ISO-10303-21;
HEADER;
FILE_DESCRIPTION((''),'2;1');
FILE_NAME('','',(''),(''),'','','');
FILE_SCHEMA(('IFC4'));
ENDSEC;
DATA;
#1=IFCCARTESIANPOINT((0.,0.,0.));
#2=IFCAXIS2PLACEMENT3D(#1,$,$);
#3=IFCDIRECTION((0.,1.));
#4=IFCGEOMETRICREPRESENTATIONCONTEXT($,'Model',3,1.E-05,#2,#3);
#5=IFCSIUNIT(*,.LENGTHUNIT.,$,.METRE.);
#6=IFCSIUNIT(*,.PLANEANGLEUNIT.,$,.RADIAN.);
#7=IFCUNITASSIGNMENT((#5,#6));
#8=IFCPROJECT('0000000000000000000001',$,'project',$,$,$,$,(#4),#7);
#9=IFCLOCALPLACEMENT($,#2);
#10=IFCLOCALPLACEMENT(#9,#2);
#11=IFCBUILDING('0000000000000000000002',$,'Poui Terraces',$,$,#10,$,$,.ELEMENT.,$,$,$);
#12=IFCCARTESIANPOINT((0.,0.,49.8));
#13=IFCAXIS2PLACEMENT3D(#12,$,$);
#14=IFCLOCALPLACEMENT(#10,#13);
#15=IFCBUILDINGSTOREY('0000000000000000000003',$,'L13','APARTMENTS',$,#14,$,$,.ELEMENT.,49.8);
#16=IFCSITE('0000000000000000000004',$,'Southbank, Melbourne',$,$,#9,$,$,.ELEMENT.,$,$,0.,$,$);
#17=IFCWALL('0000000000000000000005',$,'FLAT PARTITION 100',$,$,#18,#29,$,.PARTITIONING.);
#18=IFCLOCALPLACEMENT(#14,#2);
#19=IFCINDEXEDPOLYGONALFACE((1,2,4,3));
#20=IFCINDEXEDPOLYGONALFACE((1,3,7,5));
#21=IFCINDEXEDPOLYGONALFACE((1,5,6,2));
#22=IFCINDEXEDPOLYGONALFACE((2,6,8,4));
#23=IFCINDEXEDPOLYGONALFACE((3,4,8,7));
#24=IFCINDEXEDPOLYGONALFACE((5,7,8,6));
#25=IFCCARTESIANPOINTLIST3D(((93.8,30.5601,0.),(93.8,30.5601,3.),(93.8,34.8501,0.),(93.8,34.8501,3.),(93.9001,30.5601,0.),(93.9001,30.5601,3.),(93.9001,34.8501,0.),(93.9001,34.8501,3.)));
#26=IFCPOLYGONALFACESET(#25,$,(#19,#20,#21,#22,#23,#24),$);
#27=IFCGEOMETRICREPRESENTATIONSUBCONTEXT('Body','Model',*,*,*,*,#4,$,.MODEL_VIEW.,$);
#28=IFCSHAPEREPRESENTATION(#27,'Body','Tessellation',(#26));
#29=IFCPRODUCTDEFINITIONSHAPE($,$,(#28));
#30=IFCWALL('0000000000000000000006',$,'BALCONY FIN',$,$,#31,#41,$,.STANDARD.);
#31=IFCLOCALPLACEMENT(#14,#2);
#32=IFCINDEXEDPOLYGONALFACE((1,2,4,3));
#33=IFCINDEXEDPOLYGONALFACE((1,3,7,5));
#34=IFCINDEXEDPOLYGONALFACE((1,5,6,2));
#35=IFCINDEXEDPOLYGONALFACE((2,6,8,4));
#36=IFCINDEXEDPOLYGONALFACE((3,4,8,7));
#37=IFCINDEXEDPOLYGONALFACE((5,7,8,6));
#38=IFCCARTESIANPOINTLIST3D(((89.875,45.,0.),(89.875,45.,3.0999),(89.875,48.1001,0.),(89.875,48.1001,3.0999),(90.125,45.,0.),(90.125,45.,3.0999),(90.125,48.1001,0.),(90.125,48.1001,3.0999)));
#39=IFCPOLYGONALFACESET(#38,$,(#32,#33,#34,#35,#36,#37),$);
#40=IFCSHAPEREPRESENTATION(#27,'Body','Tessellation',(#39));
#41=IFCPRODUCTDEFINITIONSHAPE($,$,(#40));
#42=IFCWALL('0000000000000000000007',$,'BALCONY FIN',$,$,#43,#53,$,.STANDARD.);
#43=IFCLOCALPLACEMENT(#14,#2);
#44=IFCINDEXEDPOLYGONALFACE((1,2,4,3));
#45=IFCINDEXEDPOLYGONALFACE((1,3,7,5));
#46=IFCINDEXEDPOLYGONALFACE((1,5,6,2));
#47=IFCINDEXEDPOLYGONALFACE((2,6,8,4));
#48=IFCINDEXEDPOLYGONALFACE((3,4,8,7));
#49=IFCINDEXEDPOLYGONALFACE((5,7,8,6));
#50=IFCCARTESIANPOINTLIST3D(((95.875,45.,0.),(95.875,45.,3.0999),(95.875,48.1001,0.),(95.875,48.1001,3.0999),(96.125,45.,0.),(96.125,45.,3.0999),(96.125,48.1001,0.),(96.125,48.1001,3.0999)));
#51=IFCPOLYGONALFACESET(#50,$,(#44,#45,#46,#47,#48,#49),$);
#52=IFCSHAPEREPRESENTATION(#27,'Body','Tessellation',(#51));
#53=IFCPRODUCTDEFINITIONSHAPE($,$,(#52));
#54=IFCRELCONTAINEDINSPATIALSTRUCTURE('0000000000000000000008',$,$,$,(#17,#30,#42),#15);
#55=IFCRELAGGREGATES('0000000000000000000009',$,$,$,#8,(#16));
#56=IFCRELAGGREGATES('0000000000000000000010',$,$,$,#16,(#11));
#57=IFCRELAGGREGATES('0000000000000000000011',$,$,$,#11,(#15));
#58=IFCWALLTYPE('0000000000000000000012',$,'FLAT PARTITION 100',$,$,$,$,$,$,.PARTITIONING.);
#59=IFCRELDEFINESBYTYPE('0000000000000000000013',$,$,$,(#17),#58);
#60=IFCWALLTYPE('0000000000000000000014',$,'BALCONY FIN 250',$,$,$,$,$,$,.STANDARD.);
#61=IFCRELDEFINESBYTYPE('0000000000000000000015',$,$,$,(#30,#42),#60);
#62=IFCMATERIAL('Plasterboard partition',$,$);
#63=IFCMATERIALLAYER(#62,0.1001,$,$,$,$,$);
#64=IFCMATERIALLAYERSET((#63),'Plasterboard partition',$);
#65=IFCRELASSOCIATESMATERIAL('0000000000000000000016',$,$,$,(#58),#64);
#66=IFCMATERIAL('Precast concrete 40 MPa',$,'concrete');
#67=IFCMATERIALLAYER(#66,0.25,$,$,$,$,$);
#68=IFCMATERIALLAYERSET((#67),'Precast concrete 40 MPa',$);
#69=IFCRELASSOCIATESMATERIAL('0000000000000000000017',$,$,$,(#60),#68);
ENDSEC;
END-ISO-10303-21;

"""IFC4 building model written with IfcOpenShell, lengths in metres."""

from ifc_helpers import new_model, si_unit, direction, frame, frame_2d, origin, place, context, subcontext, project, spatial, polyline, rectangle, outline, extrude, source, transform, mapped, material, layer, layer_set, type_object, element, save


model = new_model("IFC4")

# Units and contexts
model_context = context("Model", 3, precision=1e-05, world=origin(), true_north=direction((0.0, 1.0)))
body_context = subcontext(model_context, "Body", "Model", "MODEL_VIEW")
ifc_project = project(units=[si_unit("LENGTHUNIT", "METRE"), si_unit("PLANEANGLEUNIT", "RADIAN")], contexts=[model_context])

# Site, building, storey
site_placement = place(None, origin())
site = spatial("IfcSite", under=ifc_project, at=site_placement, Name="Southbank, Melbourne", CompositionType="ELEMENT", RefElevation=0.0)
building_placement = place(site_placement, origin())
building = spatial("IfcBuilding", under=site, at=building_placement, Name="Poui Terraces", CompositionType="ELEMENT")
storey_placement = place(building_placement, frame((0.0, 0.0, 49.8)))
storey = spatial("IfcBuildingStorey", under=building, at=storey_placement, Name="L13", Description="APARTMENTS", CompositionType="ELEMENT", Elevation=49.8)

# Shared definitions
ifc_material_1 = material(Name="Plasterboard partition")
ifc_layer_1 = layer(ifc_material_1, 0.1001)
ifc_layer_set_1 = layer_set([ifc_layer_1], Name="Plasterboard partition")
wall_type_1 = type_object("IfcWallType", Name="FLAT PARTITION 100", PredefinedType="PARTITIONING", material=ifc_layer_set_1)

# Walls
wall_1_placement = place(storey_placement, frame((93.8501, 30.5601, 0.0), z_axis=(0.0, 0.0, 1.0), x_axis=(0.0, 1.0, 0.0)))
element("IfcWall", 1, at=wall_1_placement, inside=storey, type_object=wall_type_1, Name="FLAT PARTITION 100", PredefinedType="PARTITIONING", context=body_context, shape_type="SweptSolid", body=[
    extrude(rectangle(XDim=4.29, YDim=0.1001, at=frame_2d((2.145, 0.0))), origin(), (0.0, 0.0, 1.0), 3.0),
])
ifc_material_2 = material(Name="Precast concrete 40 MPa", Category="concrete")
ifc_layer_2 = layer(ifc_material_2, 0.25)
ifc_layer_set_2 = layer_set([ifc_layer_2], Name="Precast concrete 40 MPa")
wall_type_2 = type_object("IfcWallType", Name="BALCONY FIN 250", PredefinedType="STANDARD", material=ifc_layer_set_2)
shared_shape_1 = source(origin(), body_context, "Body", "SweptSolid", [
    extrude(outline(polyline([(0.0, 0.0), (0.25, 0.0), (0.25, 3.1001), (0.0, 3.1001), (0.0, 0.0)])), origin(), (0.0, 0.0, 1.0), 3.0999),
])
for number, where, name in (
    (2, (89.875, 45.0, 0.0), "BALCONY FIN"),
    (3, (95.875, 45.0, 0.0), "BALCONY FIN"),
):
    element("IfcWall", number, at=place(storey_placement, frame(where)), inside=storey, type_object=wall_type_2, Name=name, PredefinedType="STANDARD", context=body_context, shape_type="MappedRepresentation", body=[
        mapped(shared_shape_1, transform((0.0, 0.0, 0.0))),
    ])

save(model, "model.ifc")
